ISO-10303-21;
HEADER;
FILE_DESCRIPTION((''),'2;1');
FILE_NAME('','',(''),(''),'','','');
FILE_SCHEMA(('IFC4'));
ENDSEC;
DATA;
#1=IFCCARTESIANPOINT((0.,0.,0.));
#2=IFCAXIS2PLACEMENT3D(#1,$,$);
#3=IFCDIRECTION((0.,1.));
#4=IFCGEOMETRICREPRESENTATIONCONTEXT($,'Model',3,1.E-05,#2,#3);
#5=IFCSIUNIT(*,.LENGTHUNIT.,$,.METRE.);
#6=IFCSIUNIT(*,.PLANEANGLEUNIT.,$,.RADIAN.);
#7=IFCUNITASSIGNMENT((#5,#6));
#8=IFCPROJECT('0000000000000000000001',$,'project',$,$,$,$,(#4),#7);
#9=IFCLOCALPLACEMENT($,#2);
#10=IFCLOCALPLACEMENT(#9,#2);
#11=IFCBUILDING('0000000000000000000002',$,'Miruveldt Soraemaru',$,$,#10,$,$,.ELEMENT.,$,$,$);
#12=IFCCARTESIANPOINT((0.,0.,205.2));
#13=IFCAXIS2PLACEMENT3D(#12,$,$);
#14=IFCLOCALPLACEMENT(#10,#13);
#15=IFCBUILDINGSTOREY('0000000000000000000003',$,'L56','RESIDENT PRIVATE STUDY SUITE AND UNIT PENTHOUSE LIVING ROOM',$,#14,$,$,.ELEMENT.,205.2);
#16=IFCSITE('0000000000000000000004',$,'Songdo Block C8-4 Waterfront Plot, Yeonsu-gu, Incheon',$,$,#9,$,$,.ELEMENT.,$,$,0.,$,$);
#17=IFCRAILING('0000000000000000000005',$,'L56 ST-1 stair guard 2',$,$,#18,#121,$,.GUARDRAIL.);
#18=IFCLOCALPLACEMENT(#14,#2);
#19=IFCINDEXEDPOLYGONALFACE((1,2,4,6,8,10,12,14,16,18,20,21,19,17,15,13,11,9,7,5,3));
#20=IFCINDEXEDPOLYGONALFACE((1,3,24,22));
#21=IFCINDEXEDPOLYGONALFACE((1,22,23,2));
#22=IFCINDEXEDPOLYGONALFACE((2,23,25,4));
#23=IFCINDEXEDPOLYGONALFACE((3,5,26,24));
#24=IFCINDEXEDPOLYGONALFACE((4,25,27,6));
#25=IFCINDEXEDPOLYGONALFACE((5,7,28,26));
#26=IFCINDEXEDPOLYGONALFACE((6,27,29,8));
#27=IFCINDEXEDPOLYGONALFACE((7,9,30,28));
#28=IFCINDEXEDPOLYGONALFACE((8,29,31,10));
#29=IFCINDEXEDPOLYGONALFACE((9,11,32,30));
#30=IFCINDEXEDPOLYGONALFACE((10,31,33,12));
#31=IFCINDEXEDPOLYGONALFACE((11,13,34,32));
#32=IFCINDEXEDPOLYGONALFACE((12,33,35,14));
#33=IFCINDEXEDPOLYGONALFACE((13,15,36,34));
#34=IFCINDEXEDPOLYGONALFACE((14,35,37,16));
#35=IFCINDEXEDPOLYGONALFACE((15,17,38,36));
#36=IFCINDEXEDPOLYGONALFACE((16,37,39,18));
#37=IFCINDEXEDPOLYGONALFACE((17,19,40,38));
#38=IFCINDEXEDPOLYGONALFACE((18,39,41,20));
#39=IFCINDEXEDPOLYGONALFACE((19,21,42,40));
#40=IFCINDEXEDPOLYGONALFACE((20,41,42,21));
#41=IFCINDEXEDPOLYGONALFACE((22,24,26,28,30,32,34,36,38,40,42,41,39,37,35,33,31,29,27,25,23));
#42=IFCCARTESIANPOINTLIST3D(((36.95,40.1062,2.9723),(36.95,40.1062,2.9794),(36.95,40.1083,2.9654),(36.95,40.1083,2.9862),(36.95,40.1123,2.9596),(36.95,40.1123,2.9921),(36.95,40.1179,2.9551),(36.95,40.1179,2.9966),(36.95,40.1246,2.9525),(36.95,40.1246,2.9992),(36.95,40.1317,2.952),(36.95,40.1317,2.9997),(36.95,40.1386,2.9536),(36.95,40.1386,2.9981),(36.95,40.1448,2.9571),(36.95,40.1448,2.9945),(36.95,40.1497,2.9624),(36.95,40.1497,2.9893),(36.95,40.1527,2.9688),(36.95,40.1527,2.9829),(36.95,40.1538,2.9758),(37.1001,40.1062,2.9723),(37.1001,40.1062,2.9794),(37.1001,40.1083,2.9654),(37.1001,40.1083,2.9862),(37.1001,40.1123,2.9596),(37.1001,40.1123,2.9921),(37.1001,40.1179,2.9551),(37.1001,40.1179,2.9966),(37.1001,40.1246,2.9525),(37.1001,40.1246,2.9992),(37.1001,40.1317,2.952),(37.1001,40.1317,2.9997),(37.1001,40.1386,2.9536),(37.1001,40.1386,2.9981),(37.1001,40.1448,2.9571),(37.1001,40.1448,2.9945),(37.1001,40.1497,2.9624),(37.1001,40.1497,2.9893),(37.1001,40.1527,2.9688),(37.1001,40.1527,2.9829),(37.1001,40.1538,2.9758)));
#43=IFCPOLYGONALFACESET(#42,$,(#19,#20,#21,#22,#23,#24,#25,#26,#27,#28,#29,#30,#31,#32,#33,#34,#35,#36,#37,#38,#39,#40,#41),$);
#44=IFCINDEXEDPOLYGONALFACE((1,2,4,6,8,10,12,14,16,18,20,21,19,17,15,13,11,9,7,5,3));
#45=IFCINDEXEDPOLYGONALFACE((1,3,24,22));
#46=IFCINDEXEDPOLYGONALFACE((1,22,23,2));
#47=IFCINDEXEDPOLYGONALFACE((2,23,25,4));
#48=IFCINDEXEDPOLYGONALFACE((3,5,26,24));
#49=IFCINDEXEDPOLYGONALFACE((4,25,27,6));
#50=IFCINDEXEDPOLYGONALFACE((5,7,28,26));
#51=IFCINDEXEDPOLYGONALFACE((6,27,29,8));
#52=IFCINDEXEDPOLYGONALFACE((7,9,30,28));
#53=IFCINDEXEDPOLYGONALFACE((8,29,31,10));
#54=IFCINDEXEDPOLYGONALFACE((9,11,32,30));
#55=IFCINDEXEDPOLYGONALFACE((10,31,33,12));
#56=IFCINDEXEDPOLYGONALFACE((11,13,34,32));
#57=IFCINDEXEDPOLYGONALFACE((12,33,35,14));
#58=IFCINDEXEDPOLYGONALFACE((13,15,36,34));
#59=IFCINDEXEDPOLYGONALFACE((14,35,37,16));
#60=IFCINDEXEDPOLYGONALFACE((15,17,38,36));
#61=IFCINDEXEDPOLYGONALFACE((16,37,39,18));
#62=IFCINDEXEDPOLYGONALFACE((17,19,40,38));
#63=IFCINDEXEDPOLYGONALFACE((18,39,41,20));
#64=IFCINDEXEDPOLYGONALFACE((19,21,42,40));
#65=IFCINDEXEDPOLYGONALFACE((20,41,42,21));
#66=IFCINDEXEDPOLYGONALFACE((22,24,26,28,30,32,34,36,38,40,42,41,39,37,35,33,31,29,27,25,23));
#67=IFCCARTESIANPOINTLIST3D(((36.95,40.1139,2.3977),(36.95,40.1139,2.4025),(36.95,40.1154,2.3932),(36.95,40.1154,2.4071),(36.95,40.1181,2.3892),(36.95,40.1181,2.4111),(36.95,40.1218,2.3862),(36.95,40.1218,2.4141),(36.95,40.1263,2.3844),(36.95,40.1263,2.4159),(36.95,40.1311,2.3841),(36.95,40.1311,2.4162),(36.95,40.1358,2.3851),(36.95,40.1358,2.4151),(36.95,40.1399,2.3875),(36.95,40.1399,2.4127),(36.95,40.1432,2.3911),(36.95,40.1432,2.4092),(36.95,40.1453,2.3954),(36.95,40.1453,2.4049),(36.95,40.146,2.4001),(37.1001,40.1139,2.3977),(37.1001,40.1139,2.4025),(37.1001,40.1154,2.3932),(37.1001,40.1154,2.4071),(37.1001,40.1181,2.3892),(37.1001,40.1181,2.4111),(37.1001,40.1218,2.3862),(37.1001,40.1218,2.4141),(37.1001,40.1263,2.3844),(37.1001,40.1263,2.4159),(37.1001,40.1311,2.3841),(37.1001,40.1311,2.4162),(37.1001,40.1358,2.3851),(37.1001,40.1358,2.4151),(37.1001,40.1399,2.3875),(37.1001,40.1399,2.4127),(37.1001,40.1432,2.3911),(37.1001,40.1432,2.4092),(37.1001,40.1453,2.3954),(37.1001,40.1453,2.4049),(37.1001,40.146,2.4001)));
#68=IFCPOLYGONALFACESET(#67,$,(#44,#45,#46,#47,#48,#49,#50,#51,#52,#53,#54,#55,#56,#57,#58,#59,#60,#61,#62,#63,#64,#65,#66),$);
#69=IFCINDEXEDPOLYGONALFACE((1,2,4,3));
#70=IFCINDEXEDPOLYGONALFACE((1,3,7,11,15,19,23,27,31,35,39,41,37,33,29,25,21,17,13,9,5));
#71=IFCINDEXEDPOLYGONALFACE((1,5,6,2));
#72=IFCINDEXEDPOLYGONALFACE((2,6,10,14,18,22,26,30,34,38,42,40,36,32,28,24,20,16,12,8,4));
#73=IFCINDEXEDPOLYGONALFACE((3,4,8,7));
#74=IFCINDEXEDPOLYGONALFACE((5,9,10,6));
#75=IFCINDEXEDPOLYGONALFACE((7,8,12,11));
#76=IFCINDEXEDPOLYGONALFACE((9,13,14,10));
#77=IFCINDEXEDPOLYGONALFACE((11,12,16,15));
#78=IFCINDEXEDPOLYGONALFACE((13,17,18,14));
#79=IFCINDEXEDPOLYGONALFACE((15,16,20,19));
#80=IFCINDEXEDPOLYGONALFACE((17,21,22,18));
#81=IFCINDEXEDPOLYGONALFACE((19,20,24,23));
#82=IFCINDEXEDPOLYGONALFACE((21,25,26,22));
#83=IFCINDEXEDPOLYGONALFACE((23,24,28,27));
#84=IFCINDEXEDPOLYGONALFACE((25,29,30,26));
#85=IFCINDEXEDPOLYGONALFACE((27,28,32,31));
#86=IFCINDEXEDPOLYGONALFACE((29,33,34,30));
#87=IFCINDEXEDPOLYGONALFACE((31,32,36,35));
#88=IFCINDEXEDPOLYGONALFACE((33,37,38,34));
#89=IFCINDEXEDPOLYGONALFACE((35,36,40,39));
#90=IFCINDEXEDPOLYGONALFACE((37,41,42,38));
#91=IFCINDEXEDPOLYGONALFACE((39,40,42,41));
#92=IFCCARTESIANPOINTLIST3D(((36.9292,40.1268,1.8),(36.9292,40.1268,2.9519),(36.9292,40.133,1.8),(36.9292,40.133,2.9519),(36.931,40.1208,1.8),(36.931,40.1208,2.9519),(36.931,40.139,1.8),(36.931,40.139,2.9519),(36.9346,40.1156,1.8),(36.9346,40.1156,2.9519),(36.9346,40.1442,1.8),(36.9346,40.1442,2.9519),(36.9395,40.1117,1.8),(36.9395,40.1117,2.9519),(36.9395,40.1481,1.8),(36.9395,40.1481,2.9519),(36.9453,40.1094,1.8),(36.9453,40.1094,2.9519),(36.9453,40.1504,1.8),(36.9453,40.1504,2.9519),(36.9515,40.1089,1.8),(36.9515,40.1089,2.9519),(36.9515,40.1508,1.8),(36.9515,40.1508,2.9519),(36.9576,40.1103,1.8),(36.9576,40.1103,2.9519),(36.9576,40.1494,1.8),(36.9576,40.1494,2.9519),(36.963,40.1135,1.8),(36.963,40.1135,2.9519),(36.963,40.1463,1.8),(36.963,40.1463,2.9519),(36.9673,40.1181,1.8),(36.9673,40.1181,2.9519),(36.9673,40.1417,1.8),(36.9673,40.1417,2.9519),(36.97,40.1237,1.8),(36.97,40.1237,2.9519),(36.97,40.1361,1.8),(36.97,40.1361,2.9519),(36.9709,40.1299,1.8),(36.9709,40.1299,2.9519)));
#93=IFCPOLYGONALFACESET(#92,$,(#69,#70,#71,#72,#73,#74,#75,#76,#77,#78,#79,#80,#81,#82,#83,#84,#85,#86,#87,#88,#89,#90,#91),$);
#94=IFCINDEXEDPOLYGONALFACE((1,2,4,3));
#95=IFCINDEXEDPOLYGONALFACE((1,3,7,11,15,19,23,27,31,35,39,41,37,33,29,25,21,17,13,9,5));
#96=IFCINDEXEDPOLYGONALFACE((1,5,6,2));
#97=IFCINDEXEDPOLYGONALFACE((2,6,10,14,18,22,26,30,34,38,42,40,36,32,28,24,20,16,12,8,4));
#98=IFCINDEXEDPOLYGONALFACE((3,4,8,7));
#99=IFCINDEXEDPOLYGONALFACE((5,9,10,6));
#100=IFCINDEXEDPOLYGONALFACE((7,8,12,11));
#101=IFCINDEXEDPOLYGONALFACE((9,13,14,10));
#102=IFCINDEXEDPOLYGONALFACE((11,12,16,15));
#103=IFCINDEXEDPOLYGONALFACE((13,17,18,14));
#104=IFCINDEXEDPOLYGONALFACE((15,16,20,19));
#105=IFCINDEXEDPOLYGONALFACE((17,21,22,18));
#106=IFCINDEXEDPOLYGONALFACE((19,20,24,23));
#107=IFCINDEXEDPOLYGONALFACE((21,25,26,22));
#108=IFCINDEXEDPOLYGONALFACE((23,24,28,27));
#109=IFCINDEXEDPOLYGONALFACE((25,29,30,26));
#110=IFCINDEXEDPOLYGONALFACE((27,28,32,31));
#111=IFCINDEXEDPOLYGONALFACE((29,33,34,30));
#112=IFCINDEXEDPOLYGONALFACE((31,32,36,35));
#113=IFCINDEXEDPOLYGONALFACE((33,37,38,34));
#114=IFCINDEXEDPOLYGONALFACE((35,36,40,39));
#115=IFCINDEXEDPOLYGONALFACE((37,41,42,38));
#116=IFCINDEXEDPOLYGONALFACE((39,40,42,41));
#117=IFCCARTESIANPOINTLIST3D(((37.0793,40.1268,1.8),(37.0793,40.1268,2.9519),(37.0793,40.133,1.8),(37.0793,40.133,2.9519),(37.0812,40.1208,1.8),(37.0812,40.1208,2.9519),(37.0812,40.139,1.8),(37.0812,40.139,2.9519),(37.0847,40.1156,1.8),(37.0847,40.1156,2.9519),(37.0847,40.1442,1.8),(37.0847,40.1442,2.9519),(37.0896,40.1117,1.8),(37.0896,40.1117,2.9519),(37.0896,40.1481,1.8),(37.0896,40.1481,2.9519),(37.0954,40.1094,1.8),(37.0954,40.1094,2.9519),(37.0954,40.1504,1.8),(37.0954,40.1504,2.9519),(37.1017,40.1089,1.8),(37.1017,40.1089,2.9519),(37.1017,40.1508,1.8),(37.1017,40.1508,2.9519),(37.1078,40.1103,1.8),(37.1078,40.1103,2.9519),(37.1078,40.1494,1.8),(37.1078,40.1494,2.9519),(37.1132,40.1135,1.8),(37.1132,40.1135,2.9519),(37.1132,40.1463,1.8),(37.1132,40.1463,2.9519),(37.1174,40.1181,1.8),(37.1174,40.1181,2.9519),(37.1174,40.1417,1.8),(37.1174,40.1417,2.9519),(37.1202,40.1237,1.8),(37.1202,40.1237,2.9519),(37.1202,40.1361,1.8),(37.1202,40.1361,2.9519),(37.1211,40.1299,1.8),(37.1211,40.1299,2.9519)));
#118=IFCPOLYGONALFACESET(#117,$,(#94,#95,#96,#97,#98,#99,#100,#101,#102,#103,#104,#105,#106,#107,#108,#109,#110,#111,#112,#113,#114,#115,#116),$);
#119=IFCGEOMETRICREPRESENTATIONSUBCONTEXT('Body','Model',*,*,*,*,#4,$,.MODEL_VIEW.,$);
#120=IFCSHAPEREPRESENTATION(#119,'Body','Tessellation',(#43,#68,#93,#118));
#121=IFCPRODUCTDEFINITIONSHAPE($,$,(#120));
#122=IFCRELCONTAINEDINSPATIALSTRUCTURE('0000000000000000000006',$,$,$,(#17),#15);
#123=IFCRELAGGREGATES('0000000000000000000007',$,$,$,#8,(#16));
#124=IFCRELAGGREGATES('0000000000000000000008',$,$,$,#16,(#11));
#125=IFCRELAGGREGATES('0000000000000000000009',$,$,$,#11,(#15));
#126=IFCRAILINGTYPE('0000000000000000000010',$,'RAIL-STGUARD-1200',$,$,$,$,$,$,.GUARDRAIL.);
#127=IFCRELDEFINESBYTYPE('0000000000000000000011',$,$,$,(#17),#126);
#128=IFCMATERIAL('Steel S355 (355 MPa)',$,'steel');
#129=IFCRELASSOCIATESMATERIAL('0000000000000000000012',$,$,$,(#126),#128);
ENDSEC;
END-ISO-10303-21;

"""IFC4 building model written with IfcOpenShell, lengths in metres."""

from ifc_helpers import new_model, si_unit, direction, frame, origin, origin_2d, place, context, subcontext, project, spatial, circle, extrude, material, type_object, element, save


model = new_model("IFC4")

# Units and contexts
model_context = context("Model", 3, precision=1e-05, world=origin(), true_north=direction((0.0, 1.0)))
body_context = subcontext(model_context, "Body", "Model", "MODEL_VIEW")
ifc_project = project(units=[si_unit("LENGTHUNIT", "METRE"), si_unit("PLANEANGLEUNIT", "RADIAN")], contexts=[model_context])

# Site, building, storey
site_placement = place(None, origin())
site = spatial("IfcSite", under=ifc_project, at=site_placement, Name="Songdo Block C8-4 Waterfront Plot, Yeonsu-gu, Incheon", CompositionType="ELEMENT", RefElevation=0.0)
building_placement = place(site_placement, origin())
building = spatial("IfcBuilding", under=site, at=building_placement, Name="Miruveldt Soraemaru", CompositionType="ELEMENT")
storey_placement = place(building_placement, frame((0.0, 0.0, 205.2)))
storey = spatial("IfcBuildingStorey", under=building, at=storey_placement, Name="L56", Description="RESIDENT PRIVATE STUDY SUITE AND UNIT PENTHOUSE LIVING ROOM", CompositionType="ELEMENT", Elevation=205.2)

# Railing
ifc_material_1 = material(Name="Steel S355 (355 MPa)", Category="steel")
railing_type_1 = type_object("IfcRailingType", Name="RAIL-STGUARD-1200", PredefinedType="GUARDRAIL", material=ifc_material_1)
railing_1_placement = place(storey_placement, frame((36.95, 40.1299, 1.8)))
element("IfcRailing", 1, at=railing_1_placement, inside=storey, type_object=railing_type_1, Name="L56 ST-1 stair guard 2", PredefinedType="GUARDRAIL", context=body_context, shape_type="SweptSolid", body=[
    extrude(circle(Radius=0.0239, at=origin_2d()), frame((0.0, 0.0, 1.1758), z_axis=(1.0, 0.0, 0.0), x_axis=(0.0, 1.0, 0.0)), (0.0, 0.0, 1.0), 0.1501),
    extrude(circle(Radius=0.0161, at=origin_2d()), frame((0.0, 0.0, 0.6001), z_axis=(1.0, 0.0, 0.0), x_axis=(0.0, 1.0, 0.0)), (0.0, 0.0, 1.0), 0.1501),
    extrude(circle(Radius=0.021, at=origin_2d()), origin(), (0.0, 0.0, 1.0), 1.1519),
    extrude(circle(Radius=0.021, at=origin_2d()), frame((0.1501, 0.0, 0.0)), (0.0, 0.0, 1.0), 1.1519),
])

save(model, "model.ifc")
